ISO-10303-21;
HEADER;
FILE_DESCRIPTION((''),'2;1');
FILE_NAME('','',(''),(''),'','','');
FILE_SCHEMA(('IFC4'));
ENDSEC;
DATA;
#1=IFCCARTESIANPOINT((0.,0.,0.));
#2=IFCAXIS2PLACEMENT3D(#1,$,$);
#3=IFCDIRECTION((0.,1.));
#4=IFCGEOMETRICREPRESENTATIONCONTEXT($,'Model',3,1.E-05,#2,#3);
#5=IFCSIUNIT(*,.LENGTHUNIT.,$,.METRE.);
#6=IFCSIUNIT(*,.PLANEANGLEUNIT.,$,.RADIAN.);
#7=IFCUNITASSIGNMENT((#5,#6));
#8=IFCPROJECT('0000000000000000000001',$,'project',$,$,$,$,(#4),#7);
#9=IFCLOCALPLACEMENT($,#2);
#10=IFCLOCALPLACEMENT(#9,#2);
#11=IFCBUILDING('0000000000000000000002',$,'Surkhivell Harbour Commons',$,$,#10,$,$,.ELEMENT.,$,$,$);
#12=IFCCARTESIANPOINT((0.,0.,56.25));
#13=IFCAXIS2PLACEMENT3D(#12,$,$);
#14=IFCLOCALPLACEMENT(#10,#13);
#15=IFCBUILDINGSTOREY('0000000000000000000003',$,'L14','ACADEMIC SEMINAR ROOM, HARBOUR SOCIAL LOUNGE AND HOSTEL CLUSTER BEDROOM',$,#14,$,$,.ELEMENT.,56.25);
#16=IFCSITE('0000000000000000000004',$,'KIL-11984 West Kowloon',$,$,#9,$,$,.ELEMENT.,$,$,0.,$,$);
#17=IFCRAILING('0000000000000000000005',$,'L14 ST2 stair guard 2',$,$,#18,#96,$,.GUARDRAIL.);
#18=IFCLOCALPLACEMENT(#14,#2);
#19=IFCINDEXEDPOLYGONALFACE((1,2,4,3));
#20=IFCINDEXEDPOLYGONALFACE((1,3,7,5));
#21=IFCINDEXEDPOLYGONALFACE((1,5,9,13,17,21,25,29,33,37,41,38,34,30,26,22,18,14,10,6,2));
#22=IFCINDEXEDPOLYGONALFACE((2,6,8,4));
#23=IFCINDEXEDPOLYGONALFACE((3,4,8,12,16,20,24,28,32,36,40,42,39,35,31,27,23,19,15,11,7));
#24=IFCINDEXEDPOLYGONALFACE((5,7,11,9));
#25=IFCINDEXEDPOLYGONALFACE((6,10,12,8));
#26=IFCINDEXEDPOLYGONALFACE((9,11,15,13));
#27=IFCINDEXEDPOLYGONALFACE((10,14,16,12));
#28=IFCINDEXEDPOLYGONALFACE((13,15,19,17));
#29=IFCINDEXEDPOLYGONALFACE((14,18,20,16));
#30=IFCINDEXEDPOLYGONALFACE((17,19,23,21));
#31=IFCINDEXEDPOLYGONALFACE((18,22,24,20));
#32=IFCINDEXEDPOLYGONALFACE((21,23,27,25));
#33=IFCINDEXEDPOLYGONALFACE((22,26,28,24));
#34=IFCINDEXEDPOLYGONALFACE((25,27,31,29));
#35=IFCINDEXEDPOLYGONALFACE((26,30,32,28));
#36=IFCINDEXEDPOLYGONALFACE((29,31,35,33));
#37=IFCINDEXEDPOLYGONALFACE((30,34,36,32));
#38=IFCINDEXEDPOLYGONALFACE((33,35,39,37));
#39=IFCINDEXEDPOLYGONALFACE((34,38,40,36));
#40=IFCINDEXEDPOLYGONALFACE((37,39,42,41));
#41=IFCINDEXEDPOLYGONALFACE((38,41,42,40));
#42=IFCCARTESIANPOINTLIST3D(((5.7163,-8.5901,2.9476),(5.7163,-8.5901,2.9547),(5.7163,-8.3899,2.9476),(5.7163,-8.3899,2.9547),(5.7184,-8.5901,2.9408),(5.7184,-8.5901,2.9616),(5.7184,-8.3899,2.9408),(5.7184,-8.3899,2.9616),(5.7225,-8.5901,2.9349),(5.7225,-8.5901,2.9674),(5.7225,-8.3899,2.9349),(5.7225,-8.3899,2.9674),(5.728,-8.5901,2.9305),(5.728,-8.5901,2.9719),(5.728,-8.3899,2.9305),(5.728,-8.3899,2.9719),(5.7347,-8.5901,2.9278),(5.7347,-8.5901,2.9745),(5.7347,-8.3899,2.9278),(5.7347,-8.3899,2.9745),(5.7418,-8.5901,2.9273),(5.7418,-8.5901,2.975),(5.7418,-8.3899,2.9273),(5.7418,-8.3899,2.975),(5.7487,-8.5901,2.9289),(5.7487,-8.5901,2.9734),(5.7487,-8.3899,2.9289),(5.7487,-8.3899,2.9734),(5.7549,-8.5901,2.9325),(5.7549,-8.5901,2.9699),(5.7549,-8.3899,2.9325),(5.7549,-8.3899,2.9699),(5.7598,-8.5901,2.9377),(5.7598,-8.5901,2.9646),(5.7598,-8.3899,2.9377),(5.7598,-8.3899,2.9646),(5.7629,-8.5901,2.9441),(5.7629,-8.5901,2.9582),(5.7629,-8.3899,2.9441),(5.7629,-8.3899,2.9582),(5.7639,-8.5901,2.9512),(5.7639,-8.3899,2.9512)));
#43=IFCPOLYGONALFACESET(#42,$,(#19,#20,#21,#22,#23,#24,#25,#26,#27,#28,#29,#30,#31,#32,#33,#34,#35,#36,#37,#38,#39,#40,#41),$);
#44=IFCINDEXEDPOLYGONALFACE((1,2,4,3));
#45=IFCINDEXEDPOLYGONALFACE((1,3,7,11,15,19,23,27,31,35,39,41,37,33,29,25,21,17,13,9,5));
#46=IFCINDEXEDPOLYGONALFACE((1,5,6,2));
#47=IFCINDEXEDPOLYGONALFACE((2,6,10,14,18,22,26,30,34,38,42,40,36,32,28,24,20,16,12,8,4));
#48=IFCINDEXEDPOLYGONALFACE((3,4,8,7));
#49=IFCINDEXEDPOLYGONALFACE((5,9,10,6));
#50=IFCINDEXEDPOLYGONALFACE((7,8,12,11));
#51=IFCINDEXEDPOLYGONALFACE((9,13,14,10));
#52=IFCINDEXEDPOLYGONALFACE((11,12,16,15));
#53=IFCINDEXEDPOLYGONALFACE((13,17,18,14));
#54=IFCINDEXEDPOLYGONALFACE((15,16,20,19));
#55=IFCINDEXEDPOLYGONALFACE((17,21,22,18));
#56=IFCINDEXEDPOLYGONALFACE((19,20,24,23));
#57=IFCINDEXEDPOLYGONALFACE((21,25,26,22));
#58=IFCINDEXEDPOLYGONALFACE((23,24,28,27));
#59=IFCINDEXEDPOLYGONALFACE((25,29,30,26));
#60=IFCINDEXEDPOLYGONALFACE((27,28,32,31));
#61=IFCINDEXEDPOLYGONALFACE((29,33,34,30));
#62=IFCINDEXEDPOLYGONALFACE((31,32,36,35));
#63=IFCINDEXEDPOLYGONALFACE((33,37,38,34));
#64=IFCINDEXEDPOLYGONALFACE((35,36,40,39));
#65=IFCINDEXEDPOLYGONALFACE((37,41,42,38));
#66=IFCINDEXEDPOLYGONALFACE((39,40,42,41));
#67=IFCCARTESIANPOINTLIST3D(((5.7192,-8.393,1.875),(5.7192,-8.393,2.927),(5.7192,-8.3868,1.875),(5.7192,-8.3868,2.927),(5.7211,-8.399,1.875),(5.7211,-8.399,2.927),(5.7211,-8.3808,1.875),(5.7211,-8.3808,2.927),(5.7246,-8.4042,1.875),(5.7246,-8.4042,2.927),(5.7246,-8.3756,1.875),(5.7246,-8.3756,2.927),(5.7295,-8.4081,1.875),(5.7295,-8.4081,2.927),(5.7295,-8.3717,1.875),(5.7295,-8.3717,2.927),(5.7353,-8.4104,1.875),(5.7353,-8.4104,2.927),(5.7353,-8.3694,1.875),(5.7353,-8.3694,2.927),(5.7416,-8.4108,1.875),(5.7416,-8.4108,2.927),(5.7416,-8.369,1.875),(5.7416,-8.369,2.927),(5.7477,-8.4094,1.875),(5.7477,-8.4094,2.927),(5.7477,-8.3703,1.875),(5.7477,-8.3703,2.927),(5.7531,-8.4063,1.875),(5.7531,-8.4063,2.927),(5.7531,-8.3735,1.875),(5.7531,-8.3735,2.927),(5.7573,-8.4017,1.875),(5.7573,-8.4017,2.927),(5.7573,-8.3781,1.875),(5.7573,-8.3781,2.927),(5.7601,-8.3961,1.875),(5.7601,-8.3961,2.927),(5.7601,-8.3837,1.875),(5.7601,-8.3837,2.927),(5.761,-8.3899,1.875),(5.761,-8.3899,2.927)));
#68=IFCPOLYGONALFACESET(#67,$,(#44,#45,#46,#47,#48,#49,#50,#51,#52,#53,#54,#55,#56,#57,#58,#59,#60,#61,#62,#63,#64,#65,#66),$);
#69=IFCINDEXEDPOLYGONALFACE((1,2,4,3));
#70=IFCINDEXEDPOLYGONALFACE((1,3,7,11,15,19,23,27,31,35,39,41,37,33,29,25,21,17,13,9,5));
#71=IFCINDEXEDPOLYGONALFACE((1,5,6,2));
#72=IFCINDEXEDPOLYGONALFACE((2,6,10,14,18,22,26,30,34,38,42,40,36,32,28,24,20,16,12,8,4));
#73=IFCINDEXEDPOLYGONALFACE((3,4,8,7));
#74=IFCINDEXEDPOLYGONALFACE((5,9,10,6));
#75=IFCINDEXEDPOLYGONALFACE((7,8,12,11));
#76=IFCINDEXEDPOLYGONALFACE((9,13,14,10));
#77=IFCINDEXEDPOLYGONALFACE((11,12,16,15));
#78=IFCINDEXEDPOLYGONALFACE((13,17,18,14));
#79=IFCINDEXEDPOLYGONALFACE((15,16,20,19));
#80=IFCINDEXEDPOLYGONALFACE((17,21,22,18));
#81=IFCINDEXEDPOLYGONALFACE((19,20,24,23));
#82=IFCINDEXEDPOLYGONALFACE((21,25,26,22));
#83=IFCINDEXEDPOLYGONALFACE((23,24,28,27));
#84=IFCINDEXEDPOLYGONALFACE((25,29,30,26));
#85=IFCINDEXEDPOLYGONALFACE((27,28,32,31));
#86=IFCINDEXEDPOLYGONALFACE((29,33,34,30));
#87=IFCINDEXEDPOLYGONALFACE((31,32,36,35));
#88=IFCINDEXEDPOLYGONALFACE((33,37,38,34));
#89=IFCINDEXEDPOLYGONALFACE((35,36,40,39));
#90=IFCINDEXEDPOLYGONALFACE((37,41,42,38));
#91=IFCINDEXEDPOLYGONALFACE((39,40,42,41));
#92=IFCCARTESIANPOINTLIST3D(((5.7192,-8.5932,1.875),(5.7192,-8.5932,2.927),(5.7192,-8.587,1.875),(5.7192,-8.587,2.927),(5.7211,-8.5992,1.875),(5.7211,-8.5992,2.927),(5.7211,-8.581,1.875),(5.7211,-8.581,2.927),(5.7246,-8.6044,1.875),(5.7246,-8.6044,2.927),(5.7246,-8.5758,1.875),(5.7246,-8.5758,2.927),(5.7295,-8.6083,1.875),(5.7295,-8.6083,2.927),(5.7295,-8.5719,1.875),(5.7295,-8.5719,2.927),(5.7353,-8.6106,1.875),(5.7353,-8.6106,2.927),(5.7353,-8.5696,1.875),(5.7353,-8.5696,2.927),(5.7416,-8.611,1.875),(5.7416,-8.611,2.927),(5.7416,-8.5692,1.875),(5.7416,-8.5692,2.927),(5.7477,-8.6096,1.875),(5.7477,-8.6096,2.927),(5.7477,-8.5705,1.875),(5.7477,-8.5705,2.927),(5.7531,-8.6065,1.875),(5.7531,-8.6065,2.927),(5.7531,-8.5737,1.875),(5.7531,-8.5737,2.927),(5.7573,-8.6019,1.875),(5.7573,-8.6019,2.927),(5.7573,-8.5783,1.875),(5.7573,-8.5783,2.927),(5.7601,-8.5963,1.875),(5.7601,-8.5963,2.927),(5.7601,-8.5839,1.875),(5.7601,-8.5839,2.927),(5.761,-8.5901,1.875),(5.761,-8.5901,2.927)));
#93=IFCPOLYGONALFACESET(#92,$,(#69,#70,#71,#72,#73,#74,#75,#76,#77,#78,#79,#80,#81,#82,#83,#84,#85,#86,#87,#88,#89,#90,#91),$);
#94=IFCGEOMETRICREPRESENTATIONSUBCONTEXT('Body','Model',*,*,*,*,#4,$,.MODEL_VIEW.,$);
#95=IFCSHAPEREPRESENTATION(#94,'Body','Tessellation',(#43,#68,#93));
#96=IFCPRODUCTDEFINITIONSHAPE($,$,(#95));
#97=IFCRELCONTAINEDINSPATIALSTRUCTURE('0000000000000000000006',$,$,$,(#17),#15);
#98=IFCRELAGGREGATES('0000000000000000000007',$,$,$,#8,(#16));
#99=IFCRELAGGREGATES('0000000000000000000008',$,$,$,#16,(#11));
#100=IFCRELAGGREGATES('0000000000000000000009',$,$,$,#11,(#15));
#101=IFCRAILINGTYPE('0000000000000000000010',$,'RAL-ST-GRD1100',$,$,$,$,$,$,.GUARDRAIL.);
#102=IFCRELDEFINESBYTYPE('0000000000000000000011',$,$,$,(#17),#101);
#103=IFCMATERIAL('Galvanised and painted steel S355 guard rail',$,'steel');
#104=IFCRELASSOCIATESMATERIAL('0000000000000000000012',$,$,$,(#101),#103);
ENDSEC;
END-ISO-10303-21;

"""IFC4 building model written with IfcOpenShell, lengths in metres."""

from ifc_helpers import new_model, si_unit, direction, frame, origin, origin_2d, place, context, subcontext, project, spatial, circle, extrude, material, type_object, element, save


model = new_model("IFC4")

# Units and contexts
model_context = context("Model", 3, precision=1e-05, world=origin(), true_north=direction((0.0, 1.0)))
body_context = subcontext(model_context, "Body", "Model", "MODEL_VIEW")
ifc_project = project(units=[si_unit("LENGTHUNIT", "METRE"), si_unit("PLANEANGLEUNIT", "RADIAN")], contexts=[model_context])

# Site, building, storey
site_placement = place(None, origin())
site = spatial("IfcSite", under=ifc_project, at=site_placement, Name="KIL-11984 West Kowloon", CompositionType="ELEMENT", RefElevation=0.0)
building_placement = place(site_placement, origin())
building = spatial("IfcBuilding", under=site, at=building_placement, Name="Surkhivell Harbour Commons", CompositionType="ELEMENT")
storey_placement = place(building_placement, frame((0.0, 0.0, 56.25)))
storey = spatial("IfcBuildingStorey", under=building, at=storey_placement, Name="L14", Description="ACADEMIC SEMINAR ROOM, HARBOUR SOCIAL LOUNGE AND HOSTEL CLUSTER BEDROOM", CompositionType="ELEMENT", Elevation=56.25)

# Railing
ifc_material_1 = material(Name="Galvanised and painted steel S355 guard rail", Category="steel")
railing_type_1 = type_object("IfcRailingType", Name="RAL-ST-GRD1100", PredefinedType="GUARDRAIL", material=ifc_material_1)
railing_1_placement = place(storey_placement, frame((5.74, -8.3899, 1.875)))
element("IfcRailing", 1, at=railing_1_placement, inside=storey, type_object=railing_type_1, Name="L14 ST2 stair guard 2", PredefinedType="GUARDRAIL", context=body_context, shape_type="SweptSolid", body=[
    extrude(circle(Radius=0.0239, at=origin_2d()), frame((0.0, 0.0, 1.0762), z_axis=(0.0, -1.0, 0.0), x_axis=(1.0, 0.0, 0.0)), (0.0, 0.0, 1.0), 0.2002),
    extrude(circle(Radius=0.021, at=origin_2d()), origin(), (0.0, 0.0, 1.0), 1.052),
    extrude(circle(Radius=0.021, at=origin_2d()), frame((0.0, -0.2002, 0.0)), (0.0, 0.0, 1.0), 1.052),
])

save(model, "model.ifc")
